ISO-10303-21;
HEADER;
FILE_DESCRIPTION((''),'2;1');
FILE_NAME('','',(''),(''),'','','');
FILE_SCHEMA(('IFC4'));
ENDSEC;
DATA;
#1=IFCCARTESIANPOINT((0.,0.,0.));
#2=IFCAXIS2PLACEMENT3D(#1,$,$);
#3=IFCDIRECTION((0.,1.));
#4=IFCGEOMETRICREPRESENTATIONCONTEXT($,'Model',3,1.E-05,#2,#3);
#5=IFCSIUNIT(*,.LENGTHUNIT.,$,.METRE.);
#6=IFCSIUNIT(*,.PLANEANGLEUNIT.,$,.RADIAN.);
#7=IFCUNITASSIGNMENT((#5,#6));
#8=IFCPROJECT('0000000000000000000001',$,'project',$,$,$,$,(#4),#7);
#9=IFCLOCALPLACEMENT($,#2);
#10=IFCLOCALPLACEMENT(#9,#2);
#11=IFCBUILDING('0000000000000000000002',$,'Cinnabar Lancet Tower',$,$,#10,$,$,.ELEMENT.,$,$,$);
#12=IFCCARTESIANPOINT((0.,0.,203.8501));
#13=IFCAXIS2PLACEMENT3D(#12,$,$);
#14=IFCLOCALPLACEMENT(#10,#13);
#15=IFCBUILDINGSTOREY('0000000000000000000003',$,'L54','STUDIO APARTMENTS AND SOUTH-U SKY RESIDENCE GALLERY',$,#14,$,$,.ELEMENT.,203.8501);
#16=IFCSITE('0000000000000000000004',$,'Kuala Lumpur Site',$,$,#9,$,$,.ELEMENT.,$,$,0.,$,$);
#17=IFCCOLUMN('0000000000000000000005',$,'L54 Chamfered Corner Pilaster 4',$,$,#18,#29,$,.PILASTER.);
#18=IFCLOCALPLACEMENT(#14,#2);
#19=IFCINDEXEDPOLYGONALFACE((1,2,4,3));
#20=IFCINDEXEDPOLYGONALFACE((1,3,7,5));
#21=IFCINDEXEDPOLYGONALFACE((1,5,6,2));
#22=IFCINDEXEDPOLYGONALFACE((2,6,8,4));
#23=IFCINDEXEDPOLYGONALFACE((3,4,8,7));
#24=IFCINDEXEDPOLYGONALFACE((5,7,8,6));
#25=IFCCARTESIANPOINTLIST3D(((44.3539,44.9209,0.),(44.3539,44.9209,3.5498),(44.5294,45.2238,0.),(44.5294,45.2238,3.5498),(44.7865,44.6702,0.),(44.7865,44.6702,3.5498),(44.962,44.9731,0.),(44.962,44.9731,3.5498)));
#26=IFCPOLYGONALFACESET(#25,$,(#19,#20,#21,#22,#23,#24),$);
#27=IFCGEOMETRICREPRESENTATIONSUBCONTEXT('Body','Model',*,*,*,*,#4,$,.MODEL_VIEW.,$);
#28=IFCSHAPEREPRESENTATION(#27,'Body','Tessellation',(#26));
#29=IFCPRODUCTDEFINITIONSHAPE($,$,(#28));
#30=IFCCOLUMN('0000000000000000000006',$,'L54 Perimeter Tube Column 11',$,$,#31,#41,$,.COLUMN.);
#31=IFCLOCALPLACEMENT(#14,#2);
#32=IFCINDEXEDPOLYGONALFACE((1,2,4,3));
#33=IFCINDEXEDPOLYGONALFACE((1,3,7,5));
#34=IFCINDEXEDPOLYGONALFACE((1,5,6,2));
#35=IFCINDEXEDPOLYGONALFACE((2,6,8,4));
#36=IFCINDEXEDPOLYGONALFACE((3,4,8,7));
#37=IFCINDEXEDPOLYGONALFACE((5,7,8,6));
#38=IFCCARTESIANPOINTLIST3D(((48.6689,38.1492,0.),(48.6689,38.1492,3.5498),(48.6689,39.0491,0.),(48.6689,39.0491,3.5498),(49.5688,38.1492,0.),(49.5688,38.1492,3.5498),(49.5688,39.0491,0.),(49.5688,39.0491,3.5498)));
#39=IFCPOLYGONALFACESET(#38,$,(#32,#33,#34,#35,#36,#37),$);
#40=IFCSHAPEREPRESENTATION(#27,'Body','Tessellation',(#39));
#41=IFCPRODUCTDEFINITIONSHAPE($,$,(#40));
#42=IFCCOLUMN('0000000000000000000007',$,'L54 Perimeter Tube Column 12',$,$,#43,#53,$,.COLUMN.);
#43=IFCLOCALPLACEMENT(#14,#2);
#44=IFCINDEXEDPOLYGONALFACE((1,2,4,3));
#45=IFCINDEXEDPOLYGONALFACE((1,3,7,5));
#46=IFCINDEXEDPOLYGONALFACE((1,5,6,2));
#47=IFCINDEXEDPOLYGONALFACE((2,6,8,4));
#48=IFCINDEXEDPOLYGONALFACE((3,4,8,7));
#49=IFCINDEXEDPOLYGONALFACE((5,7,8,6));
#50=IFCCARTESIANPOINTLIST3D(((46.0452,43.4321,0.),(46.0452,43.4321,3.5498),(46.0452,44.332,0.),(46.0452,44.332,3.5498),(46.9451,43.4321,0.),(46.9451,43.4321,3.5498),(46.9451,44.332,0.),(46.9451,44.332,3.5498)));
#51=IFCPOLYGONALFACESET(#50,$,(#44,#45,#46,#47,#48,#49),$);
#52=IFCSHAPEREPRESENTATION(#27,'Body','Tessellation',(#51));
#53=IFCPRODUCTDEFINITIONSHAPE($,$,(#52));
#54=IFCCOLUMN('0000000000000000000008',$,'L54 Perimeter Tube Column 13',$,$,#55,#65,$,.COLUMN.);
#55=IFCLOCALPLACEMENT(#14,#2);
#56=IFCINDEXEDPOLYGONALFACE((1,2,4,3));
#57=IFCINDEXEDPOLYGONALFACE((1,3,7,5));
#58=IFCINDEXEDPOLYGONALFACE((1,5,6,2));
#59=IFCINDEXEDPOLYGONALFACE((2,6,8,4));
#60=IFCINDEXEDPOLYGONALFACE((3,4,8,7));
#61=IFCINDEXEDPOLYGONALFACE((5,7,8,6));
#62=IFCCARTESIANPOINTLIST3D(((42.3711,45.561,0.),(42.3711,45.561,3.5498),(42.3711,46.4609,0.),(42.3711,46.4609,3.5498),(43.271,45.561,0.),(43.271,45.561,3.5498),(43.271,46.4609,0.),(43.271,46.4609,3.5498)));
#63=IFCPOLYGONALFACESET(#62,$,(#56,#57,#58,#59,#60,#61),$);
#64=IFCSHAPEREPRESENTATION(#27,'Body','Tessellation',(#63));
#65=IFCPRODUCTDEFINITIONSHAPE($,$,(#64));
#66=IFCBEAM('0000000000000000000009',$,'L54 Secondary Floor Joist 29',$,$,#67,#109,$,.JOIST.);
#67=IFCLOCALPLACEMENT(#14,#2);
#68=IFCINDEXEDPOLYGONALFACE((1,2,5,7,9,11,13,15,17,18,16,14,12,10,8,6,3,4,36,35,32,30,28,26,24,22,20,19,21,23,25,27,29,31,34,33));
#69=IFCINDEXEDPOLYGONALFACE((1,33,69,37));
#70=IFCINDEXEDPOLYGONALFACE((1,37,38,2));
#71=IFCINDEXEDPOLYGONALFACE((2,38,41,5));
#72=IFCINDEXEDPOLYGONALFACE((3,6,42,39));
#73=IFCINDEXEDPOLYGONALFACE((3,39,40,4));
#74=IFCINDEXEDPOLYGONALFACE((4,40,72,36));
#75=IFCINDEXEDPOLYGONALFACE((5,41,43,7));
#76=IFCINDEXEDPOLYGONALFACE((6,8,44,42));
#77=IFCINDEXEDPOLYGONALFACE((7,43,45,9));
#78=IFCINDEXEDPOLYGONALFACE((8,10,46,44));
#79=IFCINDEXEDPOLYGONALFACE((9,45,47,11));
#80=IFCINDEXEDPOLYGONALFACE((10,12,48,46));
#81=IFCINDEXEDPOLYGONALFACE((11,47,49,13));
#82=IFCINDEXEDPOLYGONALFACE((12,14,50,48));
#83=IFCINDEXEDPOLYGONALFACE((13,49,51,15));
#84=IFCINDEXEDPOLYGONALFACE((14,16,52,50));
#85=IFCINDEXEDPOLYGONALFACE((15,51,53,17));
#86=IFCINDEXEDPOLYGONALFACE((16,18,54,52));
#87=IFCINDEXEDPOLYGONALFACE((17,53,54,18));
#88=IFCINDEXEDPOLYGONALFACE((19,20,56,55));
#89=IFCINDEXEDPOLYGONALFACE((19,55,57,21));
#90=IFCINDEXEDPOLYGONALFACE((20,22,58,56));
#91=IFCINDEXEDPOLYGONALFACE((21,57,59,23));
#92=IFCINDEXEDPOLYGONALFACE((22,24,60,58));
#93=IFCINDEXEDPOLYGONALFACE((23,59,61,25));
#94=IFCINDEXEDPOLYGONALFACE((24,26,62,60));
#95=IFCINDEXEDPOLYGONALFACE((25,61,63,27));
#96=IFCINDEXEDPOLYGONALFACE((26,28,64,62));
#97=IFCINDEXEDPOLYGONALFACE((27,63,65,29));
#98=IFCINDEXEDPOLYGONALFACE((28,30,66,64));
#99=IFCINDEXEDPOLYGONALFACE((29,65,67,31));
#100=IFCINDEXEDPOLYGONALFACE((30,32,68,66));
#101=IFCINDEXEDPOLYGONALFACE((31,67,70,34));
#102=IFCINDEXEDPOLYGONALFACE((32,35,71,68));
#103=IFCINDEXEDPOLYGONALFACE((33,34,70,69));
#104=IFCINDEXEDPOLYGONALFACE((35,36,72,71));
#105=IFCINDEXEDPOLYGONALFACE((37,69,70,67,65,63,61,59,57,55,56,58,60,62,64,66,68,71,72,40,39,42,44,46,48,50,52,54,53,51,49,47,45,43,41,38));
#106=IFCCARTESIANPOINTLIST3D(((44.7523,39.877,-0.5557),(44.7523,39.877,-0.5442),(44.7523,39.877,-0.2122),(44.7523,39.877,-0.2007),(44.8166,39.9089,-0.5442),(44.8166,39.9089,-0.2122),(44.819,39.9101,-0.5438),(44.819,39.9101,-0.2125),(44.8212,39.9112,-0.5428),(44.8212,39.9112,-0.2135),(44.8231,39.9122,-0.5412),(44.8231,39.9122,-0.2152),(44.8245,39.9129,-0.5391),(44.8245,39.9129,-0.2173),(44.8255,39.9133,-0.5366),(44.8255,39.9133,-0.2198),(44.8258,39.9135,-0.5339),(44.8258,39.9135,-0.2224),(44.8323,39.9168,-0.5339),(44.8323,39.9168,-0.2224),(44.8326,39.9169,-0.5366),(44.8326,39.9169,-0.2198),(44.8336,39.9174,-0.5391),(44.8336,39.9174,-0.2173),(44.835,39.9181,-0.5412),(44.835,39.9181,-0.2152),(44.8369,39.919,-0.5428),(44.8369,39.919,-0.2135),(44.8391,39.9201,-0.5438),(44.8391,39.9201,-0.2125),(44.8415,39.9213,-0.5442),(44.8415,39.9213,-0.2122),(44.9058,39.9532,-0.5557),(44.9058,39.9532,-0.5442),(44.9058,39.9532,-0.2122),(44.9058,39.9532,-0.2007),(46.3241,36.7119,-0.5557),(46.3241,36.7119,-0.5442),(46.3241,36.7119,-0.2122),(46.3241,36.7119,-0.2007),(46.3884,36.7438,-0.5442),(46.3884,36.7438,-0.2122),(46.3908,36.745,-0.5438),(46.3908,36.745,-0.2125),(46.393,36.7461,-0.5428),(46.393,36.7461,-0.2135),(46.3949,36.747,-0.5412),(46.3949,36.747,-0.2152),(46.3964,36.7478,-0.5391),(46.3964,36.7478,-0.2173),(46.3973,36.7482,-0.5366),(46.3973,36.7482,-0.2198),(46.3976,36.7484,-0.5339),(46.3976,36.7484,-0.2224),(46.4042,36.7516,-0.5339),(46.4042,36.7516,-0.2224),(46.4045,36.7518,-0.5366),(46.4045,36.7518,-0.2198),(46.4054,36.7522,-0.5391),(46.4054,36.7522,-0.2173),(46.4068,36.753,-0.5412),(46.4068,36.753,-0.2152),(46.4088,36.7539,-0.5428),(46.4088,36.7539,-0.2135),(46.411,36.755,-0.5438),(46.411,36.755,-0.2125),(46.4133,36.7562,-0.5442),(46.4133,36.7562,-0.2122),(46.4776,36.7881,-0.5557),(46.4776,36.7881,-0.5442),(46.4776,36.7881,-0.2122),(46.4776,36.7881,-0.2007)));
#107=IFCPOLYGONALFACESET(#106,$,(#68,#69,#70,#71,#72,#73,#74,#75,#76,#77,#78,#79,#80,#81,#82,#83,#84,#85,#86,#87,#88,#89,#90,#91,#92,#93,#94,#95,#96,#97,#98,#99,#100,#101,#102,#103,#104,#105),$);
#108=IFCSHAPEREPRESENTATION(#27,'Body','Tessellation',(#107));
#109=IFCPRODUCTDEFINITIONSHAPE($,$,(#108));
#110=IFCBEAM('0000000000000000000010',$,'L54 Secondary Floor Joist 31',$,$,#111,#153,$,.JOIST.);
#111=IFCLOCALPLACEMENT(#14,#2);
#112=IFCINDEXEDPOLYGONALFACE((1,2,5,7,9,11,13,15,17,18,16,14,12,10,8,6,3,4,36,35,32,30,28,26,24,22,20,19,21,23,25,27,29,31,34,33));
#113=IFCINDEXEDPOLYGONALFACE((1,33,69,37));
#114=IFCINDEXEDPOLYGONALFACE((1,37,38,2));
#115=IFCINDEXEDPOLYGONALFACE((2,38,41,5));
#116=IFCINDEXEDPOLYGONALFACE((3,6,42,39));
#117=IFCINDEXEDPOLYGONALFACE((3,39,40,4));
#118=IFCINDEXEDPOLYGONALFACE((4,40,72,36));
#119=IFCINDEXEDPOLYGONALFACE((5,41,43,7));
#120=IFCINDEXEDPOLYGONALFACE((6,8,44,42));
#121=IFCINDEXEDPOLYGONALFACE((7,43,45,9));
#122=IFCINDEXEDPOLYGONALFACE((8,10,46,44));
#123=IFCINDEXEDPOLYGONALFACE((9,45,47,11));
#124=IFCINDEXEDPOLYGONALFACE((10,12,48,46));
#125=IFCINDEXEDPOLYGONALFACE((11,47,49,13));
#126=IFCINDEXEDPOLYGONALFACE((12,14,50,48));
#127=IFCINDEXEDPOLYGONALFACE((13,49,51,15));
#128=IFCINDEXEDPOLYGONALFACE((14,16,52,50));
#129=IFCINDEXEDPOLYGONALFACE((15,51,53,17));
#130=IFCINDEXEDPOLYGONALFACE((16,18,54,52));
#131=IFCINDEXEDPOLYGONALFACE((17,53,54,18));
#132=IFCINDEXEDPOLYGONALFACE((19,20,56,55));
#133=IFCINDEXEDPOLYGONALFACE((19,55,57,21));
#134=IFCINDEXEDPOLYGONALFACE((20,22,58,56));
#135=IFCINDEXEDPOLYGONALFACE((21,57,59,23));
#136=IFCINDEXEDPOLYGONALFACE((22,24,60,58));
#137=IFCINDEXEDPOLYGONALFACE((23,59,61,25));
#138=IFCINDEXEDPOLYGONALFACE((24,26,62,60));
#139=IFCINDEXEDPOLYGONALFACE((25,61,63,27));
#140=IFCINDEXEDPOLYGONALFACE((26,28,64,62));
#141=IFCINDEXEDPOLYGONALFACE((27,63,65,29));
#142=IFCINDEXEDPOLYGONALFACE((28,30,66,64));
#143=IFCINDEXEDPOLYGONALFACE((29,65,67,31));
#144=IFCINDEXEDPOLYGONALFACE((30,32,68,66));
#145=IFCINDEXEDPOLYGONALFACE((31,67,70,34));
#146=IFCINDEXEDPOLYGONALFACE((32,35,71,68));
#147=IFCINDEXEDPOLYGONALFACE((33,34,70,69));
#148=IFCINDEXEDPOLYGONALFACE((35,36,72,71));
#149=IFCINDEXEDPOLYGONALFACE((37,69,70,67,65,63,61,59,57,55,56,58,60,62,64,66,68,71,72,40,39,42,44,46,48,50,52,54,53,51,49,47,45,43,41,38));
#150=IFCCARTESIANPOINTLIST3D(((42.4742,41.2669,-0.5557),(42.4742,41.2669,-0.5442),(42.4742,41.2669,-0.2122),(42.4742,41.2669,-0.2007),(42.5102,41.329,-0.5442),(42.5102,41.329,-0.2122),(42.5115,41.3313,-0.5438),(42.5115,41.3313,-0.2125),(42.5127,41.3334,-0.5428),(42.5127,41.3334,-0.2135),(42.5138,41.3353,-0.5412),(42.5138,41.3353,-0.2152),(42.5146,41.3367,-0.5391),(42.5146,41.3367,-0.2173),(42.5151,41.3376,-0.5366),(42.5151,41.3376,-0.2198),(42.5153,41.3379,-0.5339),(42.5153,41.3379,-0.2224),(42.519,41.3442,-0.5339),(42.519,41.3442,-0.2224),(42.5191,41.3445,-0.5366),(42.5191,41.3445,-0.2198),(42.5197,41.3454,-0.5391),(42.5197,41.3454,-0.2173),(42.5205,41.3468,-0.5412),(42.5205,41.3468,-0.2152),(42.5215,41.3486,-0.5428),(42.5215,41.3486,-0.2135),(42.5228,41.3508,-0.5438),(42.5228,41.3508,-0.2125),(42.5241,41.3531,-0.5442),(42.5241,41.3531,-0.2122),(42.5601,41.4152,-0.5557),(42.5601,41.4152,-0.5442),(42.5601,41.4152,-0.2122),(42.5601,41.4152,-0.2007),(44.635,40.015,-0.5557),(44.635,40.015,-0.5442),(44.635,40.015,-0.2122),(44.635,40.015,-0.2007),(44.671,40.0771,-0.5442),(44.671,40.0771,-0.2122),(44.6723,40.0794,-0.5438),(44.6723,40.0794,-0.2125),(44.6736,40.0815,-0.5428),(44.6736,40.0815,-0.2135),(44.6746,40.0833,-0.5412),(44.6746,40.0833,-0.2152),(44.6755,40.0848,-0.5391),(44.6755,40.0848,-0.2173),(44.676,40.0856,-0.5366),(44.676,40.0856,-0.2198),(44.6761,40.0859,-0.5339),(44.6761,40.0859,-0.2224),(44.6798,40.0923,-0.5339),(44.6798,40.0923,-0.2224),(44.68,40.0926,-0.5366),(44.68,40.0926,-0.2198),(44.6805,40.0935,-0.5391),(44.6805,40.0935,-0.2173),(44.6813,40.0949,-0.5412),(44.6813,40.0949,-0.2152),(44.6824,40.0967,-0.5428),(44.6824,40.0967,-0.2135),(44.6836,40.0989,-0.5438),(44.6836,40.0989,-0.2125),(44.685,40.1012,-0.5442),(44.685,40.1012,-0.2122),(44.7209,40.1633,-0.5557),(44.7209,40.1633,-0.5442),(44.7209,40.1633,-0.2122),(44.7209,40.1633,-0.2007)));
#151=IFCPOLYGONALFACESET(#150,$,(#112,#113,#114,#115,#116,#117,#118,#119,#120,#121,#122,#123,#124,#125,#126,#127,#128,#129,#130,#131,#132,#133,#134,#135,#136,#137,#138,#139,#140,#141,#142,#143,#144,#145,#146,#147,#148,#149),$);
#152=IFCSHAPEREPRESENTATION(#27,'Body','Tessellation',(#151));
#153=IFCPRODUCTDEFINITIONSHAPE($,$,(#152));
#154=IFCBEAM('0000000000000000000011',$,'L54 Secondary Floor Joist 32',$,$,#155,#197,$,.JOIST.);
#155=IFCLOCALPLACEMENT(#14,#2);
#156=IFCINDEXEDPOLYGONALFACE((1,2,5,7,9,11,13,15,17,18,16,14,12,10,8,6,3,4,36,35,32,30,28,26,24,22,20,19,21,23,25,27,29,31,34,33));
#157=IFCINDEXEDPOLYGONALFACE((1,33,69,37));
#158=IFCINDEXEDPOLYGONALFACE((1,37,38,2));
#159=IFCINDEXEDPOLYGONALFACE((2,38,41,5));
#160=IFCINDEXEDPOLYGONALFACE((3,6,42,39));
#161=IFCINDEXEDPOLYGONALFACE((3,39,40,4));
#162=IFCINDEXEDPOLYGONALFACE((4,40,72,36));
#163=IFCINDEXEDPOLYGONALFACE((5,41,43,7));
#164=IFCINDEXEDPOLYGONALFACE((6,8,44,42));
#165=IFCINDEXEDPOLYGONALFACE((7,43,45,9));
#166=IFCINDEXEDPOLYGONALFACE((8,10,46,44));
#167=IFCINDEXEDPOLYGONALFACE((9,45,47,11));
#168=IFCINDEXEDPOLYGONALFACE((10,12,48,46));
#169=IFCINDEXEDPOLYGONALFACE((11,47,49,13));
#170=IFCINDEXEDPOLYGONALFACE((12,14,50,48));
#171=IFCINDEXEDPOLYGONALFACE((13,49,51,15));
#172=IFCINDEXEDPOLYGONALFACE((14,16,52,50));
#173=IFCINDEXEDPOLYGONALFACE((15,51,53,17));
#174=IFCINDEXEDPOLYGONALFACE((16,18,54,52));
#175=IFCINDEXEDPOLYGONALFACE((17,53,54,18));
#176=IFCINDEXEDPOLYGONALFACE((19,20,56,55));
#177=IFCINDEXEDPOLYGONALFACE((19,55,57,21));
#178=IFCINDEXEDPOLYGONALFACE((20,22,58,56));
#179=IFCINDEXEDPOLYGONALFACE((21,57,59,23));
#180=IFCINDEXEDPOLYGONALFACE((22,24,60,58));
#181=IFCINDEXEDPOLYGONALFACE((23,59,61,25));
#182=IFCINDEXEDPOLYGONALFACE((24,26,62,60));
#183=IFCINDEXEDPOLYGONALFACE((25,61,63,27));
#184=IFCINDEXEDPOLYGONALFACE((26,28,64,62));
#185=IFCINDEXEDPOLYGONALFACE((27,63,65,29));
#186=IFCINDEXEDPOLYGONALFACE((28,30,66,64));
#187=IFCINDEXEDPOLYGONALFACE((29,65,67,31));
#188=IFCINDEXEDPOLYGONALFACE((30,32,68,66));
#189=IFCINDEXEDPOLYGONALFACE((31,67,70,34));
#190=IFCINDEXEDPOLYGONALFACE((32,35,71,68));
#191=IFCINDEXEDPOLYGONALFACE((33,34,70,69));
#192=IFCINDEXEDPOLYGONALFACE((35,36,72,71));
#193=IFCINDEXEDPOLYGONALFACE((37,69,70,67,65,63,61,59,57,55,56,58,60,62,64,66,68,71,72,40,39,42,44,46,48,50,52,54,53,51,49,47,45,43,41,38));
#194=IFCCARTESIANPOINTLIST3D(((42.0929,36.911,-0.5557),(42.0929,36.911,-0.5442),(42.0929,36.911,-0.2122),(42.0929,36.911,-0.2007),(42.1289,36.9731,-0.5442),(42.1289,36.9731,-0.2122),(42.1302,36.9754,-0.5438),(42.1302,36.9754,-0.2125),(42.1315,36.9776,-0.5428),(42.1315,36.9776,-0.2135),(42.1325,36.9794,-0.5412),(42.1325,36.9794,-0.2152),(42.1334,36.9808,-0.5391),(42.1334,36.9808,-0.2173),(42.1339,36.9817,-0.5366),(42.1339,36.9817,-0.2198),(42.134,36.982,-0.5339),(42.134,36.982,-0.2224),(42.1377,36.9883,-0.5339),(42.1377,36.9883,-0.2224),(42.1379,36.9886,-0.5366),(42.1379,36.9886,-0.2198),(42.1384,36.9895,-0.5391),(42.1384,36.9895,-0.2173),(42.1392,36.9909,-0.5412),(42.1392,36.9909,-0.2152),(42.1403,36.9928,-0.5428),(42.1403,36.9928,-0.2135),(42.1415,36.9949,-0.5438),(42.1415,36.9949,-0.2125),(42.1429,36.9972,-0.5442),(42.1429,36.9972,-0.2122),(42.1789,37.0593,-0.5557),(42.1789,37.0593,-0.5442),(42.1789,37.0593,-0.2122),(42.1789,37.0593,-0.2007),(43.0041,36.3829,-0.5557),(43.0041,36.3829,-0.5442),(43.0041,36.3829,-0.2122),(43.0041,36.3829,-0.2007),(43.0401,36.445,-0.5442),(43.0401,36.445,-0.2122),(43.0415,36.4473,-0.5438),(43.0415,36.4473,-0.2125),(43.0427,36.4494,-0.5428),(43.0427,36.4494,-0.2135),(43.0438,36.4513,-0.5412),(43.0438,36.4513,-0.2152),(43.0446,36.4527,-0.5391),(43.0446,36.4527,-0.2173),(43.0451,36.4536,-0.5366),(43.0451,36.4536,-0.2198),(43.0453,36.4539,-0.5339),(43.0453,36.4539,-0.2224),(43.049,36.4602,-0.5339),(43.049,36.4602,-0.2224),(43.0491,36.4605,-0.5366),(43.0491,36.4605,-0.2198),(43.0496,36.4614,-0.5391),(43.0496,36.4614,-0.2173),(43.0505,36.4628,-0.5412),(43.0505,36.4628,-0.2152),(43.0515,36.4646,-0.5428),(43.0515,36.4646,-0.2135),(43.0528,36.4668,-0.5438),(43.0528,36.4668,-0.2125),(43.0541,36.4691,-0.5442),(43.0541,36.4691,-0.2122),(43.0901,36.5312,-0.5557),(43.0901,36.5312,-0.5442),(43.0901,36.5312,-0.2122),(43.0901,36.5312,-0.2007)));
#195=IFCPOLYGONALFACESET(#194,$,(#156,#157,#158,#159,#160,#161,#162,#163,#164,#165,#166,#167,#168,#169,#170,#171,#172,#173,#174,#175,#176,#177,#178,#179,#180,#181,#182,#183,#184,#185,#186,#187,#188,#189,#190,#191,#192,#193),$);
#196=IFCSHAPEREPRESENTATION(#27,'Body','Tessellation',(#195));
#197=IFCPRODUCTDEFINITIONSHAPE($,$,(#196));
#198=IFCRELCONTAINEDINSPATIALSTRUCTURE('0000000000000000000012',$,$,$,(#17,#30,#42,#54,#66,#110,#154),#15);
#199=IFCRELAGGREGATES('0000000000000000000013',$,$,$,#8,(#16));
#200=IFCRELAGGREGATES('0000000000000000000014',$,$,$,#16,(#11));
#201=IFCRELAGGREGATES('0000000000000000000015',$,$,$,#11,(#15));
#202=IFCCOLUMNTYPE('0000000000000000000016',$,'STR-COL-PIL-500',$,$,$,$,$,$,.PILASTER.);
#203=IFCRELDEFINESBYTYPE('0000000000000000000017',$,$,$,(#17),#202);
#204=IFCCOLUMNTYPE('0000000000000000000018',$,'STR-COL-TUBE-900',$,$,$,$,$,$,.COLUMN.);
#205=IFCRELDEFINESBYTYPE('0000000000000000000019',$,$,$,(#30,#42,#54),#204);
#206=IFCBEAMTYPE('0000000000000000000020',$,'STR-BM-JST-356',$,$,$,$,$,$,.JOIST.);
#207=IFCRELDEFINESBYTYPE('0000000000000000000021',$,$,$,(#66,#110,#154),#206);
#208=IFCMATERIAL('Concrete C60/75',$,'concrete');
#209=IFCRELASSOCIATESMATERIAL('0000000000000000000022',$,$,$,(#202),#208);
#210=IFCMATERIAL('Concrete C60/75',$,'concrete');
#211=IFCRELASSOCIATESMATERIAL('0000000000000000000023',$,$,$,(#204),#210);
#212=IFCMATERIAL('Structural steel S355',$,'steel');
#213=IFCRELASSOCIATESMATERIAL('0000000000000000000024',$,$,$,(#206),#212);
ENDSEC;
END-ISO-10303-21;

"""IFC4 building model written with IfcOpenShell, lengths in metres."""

from ifc_helpers import new_model, si_unit, direction, frame, origin, origin_2d, place, context, subcontext, project, spatial, rectangle, i_section, extrude, material, material_profile, profile_set, type_object, element, save


model = new_model("IFC4")

# Units and contexts
model_context = context("Model", 3, precision=1e-05, world=origin(), true_north=direction((0.0, 1.0)))
body_context = subcontext(model_context, "Body", "Model", "MODEL_VIEW")
ifc_project = project(units=[si_unit("LENGTHUNIT", "METRE"), si_unit("PLANEANGLEUNIT", "RADIAN")], contexts=[model_context])

# Site, building, storey
site_placement = place(None, origin())
site = spatial("IfcSite", under=ifc_project, at=site_placement, Name="Kuala Lumpur Site", CompositionType="ELEMENT", RefElevation=0.0)
building_placement = place(site_placement, origin())
building = spatial("IfcBuilding", under=site, at=building_placement, Name="Cinnabar Lancet Tower", CompositionType="ELEMENT")
storey_placement = place(building_placement, frame((0.0, 0.0, 203.8501)))
storey = spatial("IfcBuildingStorey", under=building, at=storey_placement, Name="L54", Description="STUDIO APARTMENTS AND SOUTH-U SKY RESIDENCE GALLERY", CompositionType="ELEMENT", Elevation=203.8501)

# Columns
ifc_material_1 = material(Name="Concrete C60/75", Category="concrete")
ifc_material_profile_1 = material_profile(ifc_material_1, rectangle(XDim=0.5, YDim=0.3501, at=origin_2d()), Name="RC-PIL 500x350")
ifc_profile_set_1 = profile_set([ifc_material_profile_1], Name="Concrete C60/75")
column_type_1 = type_object("IfcColumnType", Name="STR-COL-PIL-500", PredefinedType="PILASTER", material=ifc_profile_set_1)
column_placement = place(storey_placement, frame((44.658, 44.947, 0.0), z_axis=(0.0, 0.0, 1.0), x_axis=(-0.86523, 0.501375, 0.0)))
element("IfcColumn", 1, at=column_placement, inside=storey, type_object=column_type_1, Name="L54 Chamfered Corner Pilaster 4", PredefinedType="PILASTER", context=body_context, shape_type="SweptSolid", body=[
    extrude(rectangle(XDim=0.5, YDim=0.3501, at=origin_2d()), origin(), (0.0, 0.0, 1.0), 3.5498),
])
ifc_material_2 = material(Name="Concrete C60/75", Category="concrete")
ifc_material_profile_2 = material_profile(ifc_material_2, rectangle(XDim=0.8999, YDim=0.8999, at=origin_2d()), Name="RC-COL 900x900")
ifc_profile_set_2 = profile_set([ifc_material_profile_2], Name="Concrete C60/75")
column_type_2 = type_object("IfcColumnType", Name="STR-COL-TUBE-900", PredefinedType="COLUMN", material=ifc_profile_set_2)
for number, where, z_axis, x_axis, name in (
    (2, (49.1189, 38.5991, 0.0), (0.0, 0.0, 1.0), (1.0, 0.0, 0.0), "L54 Perimeter Tube Column 11"),
    (3, (46.4951, 43.8821, 0.0), (0.0, 0.0, 1.0), (1.0, 0.0, 0.0), "L54 Perimeter Tube Column 12"),
    (4, (42.821, 46.011, 0.0), (0.0, 0.0, 1.0), (1.0, 0.0, 0.0), "L54 Perimeter Tube Column 13"),
):
    element("IfcColumn", number, at=place(storey_placement, frame(where, z_axis=z_axis, x_axis=x_axis)), inside=storey, type_object=column_type_2, Name=name, PredefinedType="COLUMN", context=body_context, shape_type="SweptSolid", body=[
        extrude(rectangle(XDim=0.8999, YDim=0.8999, at=origin_2d()), origin(), (0.0, 0.0, 1.0), 3.5498),
    ])

# Beams
ifc_material_3 = material(Name="Structural steel S355", Category="steel")
ifc_material_profile_3 = material_profile(ifc_material_3, i_section(OverallWidth=0.1714, OverallDepth=0.355, WebThickness=0.0073, FlangeThickness=0.0115, FilletRadius=0.0103, at=origin_2d()), Name="UKB 356x171x51")
ifc_profile_set_3 = profile_set([ifc_material_profile_3], Name="Structural steel S355")
beam_type_1 = type_object("IfcBeamType", Name="STR-BM-JST-356", PredefinedType="JOIST", material=ifc_profile_set_3)
beam_1_placement = place(storey_placement, frame((46.4009, 36.75, -0.3782), z_axis=(-0.44478, 0.89564, 0.0), x_axis=(-0.89564, -0.44478, 0.0)))
element("IfcBeam", 5, at=beam_1_placement, inside=storey, type_object=beam_type_1, Name="L54 Secondary Floor Joist 29", PredefinedType="JOIST", context=body_context, shape_type="SweptSolid", body=[
    extrude(i_section(OverallWidth=0.1714, OverallDepth=0.355, WebThickness=0.0073, FlangeThickness=0.0115, FilletRadius=0.0103, at=origin_2d()), origin(), (0.0, 0.0, 1.0), 3.5339),
])
beam_2_placement = place(storey_placement, frame((44.678, 40.0891, -0.3782), z_axis=(-0.865268, 0.50131, 0.0), x_axis=(-0.50131, -0.865268, 0.0)))
element("IfcBeam", 6, at=beam_2_placement, inside=storey, type_object=beam_type_1, Name="L54 Secondary Floor Joist 31", PredefinedType="JOIST", context=body_context, shape_type="SweptSolid", body=[
    extrude(i_section(OverallWidth=0.1714, OverallDepth=0.355, WebThickness=0.0073, FlangeThickness=0.0115, FilletRadius=0.0103, at=origin_2d()), origin(), (0.0, 0.0, 1.0), 2.4973),
])
beam_3_placement = place(storey_placement, frame((43.0471, 36.457, -0.3782), z_axis=(-0.865188, 0.501447, 0.0), x_axis=(-0.501447, -0.865188, 0.0)))
element("IfcBeam", 7, at=beam_3_placement, inside=storey, type_object=beam_type_1, Name="L54 Secondary Floor Joist 32", PredefinedType="JOIST", context=body_context, shape_type="SweptSolid", body=[
    extrude(i_section(OverallWidth=0.1714, OverallDepth=0.355, WebThickness=0.0073, FlangeThickness=0.0115, FilletRadius=0.0103, at=origin_2d()), origin(), (0.0, 0.0, 1.0), 1.0532),
])

save(model, "model.ifc")
